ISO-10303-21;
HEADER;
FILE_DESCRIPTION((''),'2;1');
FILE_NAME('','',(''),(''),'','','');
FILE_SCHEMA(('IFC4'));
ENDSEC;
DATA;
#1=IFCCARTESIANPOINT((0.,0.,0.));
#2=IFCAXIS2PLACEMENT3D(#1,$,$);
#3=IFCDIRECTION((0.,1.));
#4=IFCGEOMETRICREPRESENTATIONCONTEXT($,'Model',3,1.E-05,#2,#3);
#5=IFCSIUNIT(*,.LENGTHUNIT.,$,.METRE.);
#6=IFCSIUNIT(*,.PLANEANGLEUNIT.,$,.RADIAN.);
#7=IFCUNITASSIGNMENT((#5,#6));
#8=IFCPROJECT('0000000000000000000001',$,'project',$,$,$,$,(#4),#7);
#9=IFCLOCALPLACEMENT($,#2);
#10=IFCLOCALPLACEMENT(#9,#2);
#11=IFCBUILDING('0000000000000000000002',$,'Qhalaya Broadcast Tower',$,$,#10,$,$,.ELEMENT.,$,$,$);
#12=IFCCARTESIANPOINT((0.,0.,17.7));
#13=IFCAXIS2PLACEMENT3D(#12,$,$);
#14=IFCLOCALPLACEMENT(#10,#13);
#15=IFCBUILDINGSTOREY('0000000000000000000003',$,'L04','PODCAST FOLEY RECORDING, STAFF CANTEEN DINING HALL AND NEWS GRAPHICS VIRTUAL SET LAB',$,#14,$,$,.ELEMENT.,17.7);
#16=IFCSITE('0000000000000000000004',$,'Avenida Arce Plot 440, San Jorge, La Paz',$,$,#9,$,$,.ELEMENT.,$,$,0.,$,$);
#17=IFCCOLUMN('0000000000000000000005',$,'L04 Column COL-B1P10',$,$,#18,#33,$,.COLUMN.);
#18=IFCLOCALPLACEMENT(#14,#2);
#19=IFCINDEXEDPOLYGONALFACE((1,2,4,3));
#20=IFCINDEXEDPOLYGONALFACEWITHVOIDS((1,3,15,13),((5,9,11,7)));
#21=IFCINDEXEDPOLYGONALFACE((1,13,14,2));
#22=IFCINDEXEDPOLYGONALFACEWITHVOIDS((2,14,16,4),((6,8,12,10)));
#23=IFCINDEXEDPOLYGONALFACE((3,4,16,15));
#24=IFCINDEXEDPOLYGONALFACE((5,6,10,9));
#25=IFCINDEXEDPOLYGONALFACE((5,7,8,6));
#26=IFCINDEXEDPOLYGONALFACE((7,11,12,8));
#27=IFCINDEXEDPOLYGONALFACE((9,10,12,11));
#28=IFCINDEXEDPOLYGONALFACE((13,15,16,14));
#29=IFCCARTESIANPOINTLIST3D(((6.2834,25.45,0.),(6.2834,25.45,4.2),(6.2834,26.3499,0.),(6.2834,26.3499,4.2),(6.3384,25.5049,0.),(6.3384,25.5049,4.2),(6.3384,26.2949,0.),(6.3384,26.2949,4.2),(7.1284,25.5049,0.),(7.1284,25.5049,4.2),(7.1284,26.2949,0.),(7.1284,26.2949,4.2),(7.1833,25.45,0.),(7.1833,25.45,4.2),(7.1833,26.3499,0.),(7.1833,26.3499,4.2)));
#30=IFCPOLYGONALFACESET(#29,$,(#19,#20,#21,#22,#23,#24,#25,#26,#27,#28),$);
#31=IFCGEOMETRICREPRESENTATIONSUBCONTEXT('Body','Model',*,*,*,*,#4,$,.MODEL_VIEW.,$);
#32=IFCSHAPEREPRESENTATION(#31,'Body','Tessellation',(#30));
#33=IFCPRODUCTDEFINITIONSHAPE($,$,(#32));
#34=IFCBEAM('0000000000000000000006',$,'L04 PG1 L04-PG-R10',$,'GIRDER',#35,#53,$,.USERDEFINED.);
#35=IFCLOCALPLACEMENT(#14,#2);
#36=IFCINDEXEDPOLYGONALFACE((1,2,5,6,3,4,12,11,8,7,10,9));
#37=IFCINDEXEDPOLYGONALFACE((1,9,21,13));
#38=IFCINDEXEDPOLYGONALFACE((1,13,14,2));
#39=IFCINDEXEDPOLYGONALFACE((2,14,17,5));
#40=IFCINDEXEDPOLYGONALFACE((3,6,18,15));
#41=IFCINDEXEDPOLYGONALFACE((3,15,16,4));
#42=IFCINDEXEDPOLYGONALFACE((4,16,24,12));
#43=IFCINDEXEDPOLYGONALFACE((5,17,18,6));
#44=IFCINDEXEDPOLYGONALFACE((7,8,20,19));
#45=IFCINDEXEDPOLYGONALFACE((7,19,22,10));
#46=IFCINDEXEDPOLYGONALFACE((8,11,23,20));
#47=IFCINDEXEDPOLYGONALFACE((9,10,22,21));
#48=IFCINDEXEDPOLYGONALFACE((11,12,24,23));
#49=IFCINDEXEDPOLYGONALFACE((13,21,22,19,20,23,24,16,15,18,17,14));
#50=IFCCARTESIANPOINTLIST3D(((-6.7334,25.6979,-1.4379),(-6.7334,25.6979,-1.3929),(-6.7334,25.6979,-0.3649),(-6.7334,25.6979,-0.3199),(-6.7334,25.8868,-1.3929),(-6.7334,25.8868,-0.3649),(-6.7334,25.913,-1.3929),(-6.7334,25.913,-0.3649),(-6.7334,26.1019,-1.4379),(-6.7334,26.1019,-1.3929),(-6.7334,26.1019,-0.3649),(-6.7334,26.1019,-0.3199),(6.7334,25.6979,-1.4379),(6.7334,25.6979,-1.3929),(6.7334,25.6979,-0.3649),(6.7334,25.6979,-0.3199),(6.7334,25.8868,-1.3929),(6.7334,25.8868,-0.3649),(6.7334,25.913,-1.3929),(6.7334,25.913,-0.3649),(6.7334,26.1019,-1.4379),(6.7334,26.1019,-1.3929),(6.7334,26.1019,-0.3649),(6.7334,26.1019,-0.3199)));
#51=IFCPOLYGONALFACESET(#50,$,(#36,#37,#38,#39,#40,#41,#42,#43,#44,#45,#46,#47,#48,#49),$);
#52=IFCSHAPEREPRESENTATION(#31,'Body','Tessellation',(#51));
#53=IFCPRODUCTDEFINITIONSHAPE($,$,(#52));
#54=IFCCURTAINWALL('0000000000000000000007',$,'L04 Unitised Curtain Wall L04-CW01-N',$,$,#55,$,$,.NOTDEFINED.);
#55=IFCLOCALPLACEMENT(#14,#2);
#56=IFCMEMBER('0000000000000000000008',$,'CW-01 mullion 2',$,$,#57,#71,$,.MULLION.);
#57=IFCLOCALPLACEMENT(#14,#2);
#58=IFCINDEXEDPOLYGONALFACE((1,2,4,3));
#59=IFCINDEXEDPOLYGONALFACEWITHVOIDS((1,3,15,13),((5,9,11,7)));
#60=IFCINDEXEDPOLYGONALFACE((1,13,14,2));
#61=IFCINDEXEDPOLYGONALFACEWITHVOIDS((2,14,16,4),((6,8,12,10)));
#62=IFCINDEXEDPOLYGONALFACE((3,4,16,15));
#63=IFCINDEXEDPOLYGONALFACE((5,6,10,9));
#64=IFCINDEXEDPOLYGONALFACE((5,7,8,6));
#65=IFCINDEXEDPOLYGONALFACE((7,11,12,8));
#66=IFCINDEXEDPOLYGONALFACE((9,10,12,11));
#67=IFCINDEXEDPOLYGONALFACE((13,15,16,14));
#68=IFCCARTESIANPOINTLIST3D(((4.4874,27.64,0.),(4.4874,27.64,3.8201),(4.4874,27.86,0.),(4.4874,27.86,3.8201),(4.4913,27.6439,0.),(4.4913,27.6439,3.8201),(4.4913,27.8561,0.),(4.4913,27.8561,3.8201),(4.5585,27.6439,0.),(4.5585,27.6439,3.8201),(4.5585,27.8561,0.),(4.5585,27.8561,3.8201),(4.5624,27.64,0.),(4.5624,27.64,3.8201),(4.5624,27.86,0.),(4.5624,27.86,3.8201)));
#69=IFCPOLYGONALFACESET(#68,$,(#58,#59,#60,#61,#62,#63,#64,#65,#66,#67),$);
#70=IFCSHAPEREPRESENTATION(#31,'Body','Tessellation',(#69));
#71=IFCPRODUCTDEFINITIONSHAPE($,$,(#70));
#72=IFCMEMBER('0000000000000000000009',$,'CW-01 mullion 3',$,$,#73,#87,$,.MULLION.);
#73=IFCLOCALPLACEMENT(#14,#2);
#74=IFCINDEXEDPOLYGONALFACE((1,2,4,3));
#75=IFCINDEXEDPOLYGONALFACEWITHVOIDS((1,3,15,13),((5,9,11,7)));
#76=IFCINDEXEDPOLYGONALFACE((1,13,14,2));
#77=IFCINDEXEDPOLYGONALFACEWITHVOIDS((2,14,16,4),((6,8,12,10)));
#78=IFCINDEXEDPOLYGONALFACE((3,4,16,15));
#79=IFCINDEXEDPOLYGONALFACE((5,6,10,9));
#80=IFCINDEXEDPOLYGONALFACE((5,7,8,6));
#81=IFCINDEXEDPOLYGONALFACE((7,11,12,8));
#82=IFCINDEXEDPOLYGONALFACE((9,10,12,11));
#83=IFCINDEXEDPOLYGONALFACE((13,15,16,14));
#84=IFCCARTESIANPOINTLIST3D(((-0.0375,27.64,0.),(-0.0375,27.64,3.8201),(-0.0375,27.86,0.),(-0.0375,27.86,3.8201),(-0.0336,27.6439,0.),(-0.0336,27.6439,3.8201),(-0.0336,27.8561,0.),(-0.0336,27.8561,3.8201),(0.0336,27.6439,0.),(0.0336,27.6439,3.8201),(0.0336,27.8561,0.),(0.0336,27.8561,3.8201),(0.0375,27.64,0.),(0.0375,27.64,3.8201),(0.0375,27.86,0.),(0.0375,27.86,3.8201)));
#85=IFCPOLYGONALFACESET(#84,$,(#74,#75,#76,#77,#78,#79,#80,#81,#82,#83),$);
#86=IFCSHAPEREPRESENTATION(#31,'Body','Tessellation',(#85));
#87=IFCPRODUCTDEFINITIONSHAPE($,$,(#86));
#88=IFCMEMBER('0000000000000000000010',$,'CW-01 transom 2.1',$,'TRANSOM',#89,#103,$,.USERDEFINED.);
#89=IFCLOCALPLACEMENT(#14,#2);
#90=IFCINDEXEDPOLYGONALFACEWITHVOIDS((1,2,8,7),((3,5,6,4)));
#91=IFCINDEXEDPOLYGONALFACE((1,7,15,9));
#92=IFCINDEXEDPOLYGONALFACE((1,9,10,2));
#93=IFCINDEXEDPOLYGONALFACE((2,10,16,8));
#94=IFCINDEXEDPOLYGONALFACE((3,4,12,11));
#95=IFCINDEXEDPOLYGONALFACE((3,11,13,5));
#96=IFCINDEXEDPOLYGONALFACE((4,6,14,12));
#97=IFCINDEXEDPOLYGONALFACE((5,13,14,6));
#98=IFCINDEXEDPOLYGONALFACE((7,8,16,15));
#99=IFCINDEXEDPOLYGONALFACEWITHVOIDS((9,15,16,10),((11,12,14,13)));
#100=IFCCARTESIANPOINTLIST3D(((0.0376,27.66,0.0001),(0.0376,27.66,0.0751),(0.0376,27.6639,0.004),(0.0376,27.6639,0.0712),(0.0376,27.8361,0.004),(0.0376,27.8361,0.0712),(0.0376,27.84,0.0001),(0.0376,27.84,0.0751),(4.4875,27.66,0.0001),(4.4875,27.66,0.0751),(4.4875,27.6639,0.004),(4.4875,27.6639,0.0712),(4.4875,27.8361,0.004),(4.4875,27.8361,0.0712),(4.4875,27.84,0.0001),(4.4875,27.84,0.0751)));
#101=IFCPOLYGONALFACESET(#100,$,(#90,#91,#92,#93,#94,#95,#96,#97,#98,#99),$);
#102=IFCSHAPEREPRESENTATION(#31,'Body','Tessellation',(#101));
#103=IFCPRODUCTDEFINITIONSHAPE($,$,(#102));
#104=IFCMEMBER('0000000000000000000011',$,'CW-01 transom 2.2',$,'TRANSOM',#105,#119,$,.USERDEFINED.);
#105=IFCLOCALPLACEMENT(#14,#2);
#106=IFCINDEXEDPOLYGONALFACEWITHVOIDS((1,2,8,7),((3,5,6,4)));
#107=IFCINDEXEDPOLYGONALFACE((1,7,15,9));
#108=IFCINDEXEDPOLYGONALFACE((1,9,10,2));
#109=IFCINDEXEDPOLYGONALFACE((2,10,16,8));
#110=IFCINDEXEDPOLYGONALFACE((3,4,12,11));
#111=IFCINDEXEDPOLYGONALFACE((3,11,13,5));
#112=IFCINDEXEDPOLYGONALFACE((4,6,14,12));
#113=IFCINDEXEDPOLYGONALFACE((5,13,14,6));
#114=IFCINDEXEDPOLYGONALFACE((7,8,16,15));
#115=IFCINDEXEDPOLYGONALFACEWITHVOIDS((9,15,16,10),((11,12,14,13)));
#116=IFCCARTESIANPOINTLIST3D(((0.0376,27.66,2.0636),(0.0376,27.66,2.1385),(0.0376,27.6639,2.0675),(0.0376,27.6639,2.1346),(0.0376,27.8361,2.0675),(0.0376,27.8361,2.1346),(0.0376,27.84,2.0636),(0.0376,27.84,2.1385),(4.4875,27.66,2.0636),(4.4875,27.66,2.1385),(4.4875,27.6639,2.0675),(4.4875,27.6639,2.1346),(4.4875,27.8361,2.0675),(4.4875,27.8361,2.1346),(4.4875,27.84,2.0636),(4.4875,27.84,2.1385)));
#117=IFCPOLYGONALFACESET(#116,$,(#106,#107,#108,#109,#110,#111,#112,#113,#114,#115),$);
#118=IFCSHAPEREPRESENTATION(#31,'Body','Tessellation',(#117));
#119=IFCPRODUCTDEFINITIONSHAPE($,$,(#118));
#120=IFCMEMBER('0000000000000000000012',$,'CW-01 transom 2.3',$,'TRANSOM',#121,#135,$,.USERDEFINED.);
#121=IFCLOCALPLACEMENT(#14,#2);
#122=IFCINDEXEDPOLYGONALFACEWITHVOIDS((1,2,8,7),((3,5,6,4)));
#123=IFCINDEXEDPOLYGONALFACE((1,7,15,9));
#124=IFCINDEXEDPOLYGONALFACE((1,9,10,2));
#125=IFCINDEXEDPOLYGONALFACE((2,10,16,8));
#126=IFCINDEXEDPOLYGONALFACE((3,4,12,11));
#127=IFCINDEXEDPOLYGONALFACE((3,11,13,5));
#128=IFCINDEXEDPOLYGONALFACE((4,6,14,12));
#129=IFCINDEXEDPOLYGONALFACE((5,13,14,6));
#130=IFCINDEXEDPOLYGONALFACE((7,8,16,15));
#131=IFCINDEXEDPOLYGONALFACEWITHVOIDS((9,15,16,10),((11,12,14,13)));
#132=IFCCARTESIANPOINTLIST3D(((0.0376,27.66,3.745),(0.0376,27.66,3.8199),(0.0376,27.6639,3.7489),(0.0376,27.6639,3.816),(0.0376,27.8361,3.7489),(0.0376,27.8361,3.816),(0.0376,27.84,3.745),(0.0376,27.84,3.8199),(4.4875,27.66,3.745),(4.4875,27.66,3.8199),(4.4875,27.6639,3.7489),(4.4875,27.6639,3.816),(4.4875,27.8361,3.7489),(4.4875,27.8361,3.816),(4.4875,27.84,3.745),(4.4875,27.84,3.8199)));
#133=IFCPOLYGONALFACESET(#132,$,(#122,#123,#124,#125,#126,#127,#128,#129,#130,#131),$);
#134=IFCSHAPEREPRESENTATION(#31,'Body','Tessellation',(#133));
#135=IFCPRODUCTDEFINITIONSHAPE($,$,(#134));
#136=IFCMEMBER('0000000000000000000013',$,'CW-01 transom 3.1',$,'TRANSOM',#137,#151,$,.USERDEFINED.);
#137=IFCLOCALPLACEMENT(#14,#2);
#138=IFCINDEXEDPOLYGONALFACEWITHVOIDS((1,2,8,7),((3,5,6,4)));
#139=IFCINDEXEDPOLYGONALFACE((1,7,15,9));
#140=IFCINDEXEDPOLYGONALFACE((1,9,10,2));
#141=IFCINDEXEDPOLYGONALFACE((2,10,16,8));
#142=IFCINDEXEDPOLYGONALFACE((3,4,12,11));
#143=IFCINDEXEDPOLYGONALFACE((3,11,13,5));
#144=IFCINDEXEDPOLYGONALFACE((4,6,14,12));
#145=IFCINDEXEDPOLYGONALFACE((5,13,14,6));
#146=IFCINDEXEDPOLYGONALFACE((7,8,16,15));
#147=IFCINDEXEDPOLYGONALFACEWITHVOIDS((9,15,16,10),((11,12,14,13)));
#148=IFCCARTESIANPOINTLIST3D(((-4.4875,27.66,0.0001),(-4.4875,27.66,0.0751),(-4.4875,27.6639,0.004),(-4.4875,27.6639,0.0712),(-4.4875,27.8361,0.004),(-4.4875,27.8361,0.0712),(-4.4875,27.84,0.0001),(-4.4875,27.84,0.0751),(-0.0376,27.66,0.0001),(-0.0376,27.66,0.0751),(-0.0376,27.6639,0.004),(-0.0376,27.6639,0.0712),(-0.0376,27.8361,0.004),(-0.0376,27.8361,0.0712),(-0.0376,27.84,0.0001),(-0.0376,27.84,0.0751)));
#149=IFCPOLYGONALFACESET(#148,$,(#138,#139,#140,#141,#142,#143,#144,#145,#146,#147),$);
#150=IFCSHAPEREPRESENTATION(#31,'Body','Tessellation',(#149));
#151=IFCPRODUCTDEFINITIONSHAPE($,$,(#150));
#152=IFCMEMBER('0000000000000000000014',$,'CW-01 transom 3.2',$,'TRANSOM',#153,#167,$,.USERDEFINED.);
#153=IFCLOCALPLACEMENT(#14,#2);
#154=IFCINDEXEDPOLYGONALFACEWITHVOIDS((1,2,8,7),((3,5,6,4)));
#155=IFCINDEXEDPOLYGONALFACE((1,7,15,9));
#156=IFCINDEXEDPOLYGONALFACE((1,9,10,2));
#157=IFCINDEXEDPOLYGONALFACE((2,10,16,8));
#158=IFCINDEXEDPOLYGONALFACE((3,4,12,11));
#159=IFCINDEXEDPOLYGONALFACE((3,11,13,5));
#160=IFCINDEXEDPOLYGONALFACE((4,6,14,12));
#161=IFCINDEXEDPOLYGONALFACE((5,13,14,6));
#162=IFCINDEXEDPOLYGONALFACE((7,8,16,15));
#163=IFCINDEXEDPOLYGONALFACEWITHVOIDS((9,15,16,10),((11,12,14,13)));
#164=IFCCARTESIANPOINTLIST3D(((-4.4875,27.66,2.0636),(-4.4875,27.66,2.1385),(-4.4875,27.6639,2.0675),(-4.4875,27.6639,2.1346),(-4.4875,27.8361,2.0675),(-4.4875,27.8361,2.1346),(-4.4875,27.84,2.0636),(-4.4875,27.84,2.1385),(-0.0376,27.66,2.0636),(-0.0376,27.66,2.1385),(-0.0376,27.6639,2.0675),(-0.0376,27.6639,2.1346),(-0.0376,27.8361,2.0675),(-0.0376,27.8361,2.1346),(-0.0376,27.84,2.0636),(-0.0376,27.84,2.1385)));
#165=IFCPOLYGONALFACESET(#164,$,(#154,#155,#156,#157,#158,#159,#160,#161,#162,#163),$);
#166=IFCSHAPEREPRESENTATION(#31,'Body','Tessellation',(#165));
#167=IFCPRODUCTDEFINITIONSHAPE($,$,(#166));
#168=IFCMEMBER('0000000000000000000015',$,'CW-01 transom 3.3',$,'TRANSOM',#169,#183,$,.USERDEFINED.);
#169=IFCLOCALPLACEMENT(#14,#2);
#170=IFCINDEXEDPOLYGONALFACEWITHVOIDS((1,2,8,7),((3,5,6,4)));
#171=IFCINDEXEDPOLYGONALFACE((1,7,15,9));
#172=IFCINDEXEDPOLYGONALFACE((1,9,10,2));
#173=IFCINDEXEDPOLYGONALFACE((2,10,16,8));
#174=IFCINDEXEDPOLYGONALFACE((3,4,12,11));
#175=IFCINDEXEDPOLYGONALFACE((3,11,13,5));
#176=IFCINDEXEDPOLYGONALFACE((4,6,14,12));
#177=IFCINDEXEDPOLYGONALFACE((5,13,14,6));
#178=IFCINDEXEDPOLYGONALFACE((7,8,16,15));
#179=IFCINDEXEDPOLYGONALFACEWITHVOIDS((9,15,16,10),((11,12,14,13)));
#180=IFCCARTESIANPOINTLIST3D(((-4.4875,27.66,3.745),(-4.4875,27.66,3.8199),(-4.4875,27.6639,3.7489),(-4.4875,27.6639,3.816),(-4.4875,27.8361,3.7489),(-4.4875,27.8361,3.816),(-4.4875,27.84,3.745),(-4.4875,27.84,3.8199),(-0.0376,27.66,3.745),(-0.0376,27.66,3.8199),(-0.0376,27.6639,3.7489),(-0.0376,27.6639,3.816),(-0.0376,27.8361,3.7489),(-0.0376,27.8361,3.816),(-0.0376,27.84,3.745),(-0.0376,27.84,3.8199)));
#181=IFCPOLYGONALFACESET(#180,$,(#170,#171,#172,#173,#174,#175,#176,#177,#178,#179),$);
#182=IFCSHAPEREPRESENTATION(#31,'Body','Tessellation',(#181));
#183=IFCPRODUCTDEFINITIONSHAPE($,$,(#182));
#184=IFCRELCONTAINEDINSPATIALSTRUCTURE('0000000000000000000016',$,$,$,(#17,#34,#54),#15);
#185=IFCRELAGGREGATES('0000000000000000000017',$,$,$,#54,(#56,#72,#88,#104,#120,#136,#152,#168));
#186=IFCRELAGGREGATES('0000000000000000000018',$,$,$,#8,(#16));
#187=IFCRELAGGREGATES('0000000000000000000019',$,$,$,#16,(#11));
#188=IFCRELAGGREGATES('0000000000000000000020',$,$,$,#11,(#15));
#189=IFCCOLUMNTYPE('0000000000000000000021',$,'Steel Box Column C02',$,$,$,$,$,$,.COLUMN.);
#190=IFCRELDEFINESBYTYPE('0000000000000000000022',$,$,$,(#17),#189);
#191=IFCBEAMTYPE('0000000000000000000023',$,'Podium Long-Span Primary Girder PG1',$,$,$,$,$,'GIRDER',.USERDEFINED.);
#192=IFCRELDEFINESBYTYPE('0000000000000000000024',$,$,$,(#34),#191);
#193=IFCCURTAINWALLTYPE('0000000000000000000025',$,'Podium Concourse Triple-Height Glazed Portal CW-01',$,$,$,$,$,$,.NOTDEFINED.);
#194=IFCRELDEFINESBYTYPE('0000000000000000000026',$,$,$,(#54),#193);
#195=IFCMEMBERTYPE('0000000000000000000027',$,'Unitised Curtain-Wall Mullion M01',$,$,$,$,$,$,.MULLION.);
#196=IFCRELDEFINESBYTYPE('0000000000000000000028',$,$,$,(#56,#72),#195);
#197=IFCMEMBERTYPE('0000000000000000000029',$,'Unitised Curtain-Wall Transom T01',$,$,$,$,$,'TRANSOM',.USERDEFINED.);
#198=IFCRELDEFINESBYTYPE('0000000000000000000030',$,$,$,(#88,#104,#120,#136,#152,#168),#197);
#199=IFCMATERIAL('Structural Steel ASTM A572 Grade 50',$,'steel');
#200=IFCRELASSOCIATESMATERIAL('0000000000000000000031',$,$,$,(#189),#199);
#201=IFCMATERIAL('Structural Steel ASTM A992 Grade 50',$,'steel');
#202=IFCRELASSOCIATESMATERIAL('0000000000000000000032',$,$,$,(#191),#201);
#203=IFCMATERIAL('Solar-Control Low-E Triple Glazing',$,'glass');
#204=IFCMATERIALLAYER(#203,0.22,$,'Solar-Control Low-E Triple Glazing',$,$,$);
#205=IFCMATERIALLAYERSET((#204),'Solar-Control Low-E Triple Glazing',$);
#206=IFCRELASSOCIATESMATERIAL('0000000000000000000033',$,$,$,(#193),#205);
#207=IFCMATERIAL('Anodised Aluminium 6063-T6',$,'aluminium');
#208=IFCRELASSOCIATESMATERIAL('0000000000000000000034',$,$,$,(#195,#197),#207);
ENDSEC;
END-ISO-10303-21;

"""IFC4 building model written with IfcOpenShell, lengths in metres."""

from ifc_helpers import new_model, si_unit, direction, frame, origin, origin_2d, place, context, subcontext, project, spatial, hollow_rectangle, i_section, extrude, material, layer, layer_set, material_profile, profile_set, type_object, element, aggregate, save


model = new_model("IFC4")

# Units and contexts
model_context = context("Model", 3, precision=1e-05, world=origin(), true_north=direction((0.0, 1.0)))
body_context = subcontext(model_context, "Body", "Model", "MODEL_VIEW")
ifc_project = project(units=[si_unit("LENGTHUNIT", "METRE"), si_unit("PLANEANGLEUNIT", "RADIAN")], contexts=[model_context])

# Site, building, storey
site_placement = place(None, origin())
site = spatial("IfcSite", under=ifc_project, at=site_placement, Name="Avenida Arce Plot 440, San Jorge, La Paz", CompositionType="ELEMENT", RefElevation=0.0)
building_placement = place(site_placement, origin())
building = spatial("IfcBuilding", under=site, at=building_placement, Name="Qhalaya Broadcast Tower", CompositionType="ELEMENT")
storey_placement = place(building_placement, frame((0.0, 0.0, 17.7)))
storey = spatial("IfcBuildingStorey", under=building, at=storey_placement, Name="L04", Description="PODCAST FOLEY RECORDING, STAFF CANTEEN DINING HALL AND NEWS GRAPHICS VIRTUAL SET LAB", CompositionType="ELEMENT", Elevation=17.7)

# Column
ifc_material_1 = material(Name="Structural Steel ASTM A572 Grade 50", Category="steel")
ifc_material_profile_1 = material_profile(ifc_material_1, hollow_rectangle(XDim=0.8999, YDim=0.8999, WallThickness=0.0549, at=origin_2d()), Name="BOX 900x900x55")
ifc_profile_set_1 = profile_set([ifc_material_profile_1], Name="Structural Steel ASTM A572 Grade 50")
column_type = type_object("IfcColumnType", Name="Steel Box Column C02", PredefinedType="COLUMN", material=ifc_profile_set_1)
column_placement = place(storey_placement, frame((6.7334, 25.8999, 0.0), z_axis=(0.0, 0.0, 1.0), x_axis=(1.0, 0.0, 0.0)))
element("IfcColumn", 1, at=column_placement, inside=storey, type_object=column_type, Name="L04 Column COL-B1P10", PredefinedType="COLUMN", context=body_context, shape_type="SweptSolid", body=[
    extrude(hollow_rectangle(XDim=0.8999, YDim=0.8999, WallThickness=0.0549, at=origin_2d()), origin(), (0.0, 0.0, 1.0), 4.2),
])

# Beam
ifc_material_2 = material(Name="Structural Steel ASTM A992 Grade 50", Category="steel")
ifc_material_profile_2 = material_profile(ifc_material_2, i_section(OverallWidth=0.4041, OverallDepth=1.1179, WebThickness=0.0261, FlangeThickness=0.0449, at=origin_2d()), Name="W44X335")
ifc_profile_set_2 = profile_set([ifc_material_profile_2], Name="Structural Steel ASTM A992 Grade 50")
beam_type = type_object("IfcBeamType", Name="Podium Long-Span Primary Girder PG1", ElementType="GIRDER", PredefinedType="USERDEFINED", material=ifc_profile_set_2)
beam_placement = place(storey_placement, frame((6.7334, 25.8999, -0.8789), z_axis=(-1.0, 0.0, 0.0), x_axis=(0.0, -1.0, 0.0)))
element("IfcBeam", 2, at=beam_placement, inside=storey, type_object=beam_type, Name="L04 PG1 L04-PG-R10", ObjectType="GIRDER", PredefinedType="USERDEFINED", context=body_context, shape_type="SweptSolid", body=[
    extrude(i_section(OverallWidth=0.4041, OverallDepth=1.1179, WebThickness=0.0261, FlangeThickness=0.0449, at=origin_2d()), origin(), (0.0, 0.0, 1.0), 13.4668),
])

# Curtain wall, members
ifc_material_3 = material(Name="Solar-Control Low-E Triple Glazing", Category="glass")
ifc_layer_1 = layer(ifc_material_3, 0.22, Name="Solar-Control Low-E Triple Glazing")
ifc_layer_set_1 = layer_set([ifc_layer_1], Name="Solar-Control Low-E Triple Glazing")
curtain_wall_type = type_object("IfcCurtainWallType", Name="Podium Concourse Triple-Height Glazed Portal CW-01", PredefinedType="NOTDEFINED", material=ifc_layer_set_1)
curtain_wall_placement = place(storey_placement, origin())
curtain_wall = element("IfcCurtainWall", 3, at=curtain_wall_placement, inside=storey, type_object=curtain_wall_type, Name="L04 Unitised Curtain Wall L04-CW01-N", PredefinedType="NOTDEFINED")
ifc_material_4 = material(Name="Anodised Aluminium 6063-T6", Category="aluminium")
ifc_material_profile_3 = material_profile(ifc_material_4, hollow_rectangle(XDim=0.075, YDim=0.22, WallThickness=0.0039, at=origin_2d()), Name="ALU-MUL 75x220x4")
ifc_profile_set_3 = profile_set([ifc_material_profile_3], Name="Anodised Aluminium 6063-T6")
member_type_1 = type_object("IfcMemberType", Name="Unitised Curtain-Wall Mullion M01", PredefinedType="MULLION", material=ifc_profile_set_3)
member_1_placement = place(storey_placement, frame((4.5249, 27.75, 0.0), z_axis=(0.0, 0.0, 1.0), x_axis=(-1.0, 0.0, 0.0)))
member_1 = element("IfcMember", 4, at=member_1_placement, type_object=member_type_1, Name="CW-01 mullion 2", PredefinedType="MULLION", context=body_context, shape_type="SweptSolid", body=[
    extrude(hollow_rectangle(XDim=0.075, YDim=0.22, WallThickness=0.0039, at=origin_2d()), origin(), (0.0, 0.0, 1.0), 3.8201),
])
member_2_placement = place(storey_placement, frame((0.0, 27.75, 0.0), z_axis=(0.0, 0.0, 1.0), x_axis=(-1.0, 0.0, 0.0)))
member_2 = element("IfcMember", 5, at=member_2_placement, type_object=member_type_1, Name="CW-01 mullion 3", PredefinedType="MULLION", context=body_context, shape_type="SweptSolid", body=[
    extrude(hollow_rectangle(XDim=0.075, YDim=0.22, WallThickness=0.0039, at=origin_2d()), origin(), (0.0, 0.0, 1.0), 3.8201),
])
ifc_material_profile_4 = material_profile(ifc_material_4, hollow_rectangle(XDim=0.075, YDim=0.1799, WallThickness=0.0039, at=origin_2d()), Name="ALU-TRN 75x180x4")
ifc_profile_set_4 = profile_set([ifc_material_profile_4], Name="Anodised Aluminium 6063-T6")
member_type_2 = type_object("IfcMemberType", Name="Unitised Curtain-Wall Transom T01", ElementType="TRANSOM", PredefinedType="USERDEFINED", material=ifc_profile_set_4)
member_3_placement = place(storey_placement, frame((4.4875, 27.75, 0.0376), z_axis=(-1.0, 0.0, 0.0), x_axis=(0.0, 0.0, 1.0)))
member_3 = element("IfcMember", 6, at=member_3_placement, type_object=member_type_2, Name="CW-01 transom 2.1", ObjectType="TRANSOM", PredefinedType="USERDEFINED", context=body_context, shape_type="SweptSolid", body=[
    extrude(hollow_rectangle(XDim=0.075, YDim=0.1799, WallThickness=0.0039, at=origin_2d()), origin(), (0.0, 0.0, 1.0), 4.45),
])
member_4_placement = place(storey_placement, frame((4.4875, 27.75, 2.1011), z_axis=(-1.0, 0.0, 0.0), x_axis=(0.0, 0.0, 1.0)))
member_4 = element("IfcMember", 7, at=member_4_placement, type_object=member_type_2, Name="CW-01 transom 2.2", ObjectType="TRANSOM", PredefinedType="USERDEFINED", context=body_context, shape_type="SweptSolid", body=[
    extrude(hollow_rectangle(XDim=0.075, YDim=0.1799, WallThickness=0.0039, at=origin_2d()), origin(), (0.0, 0.0, 1.0), 4.45),
])
member_5_placement = place(storey_placement, frame((4.4875, 27.75, 3.7825), z_axis=(-1.0, 0.0, 0.0), x_axis=(0.0, 0.0, 1.0)))
member_5 = element("IfcMember", 8, at=member_5_placement, type_object=member_type_2, Name="CW-01 transom 2.3", ObjectType="TRANSOM", PredefinedType="USERDEFINED", context=body_context, shape_type="SweptSolid", body=[
    extrude(hollow_rectangle(XDim=0.075, YDim=0.1799, WallThickness=0.0039, at=origin_2d()), origin(), (0.0, 0.0, 1.0), 4.45),
])
member_6_placement = place(storey_placement, frame((-0.0376, 27.75, 0.0376), z_axis=(-1.0, 0.0, 0.0), x_axis=(0.0, 0.0, 1.0)))
member_6 = element("IfcMember", 9, at=member_6_placement, type_object=member_type_2, Name="CW-01 transom 3.1", ObjectType="TRANSOM", PredefinedType="USERDEFINED", context=body_context, shape_type="SweptSolid", body=[
    extrude(hollow_rectangle(XDim=0.075, YDim=0.1799, WallThickness=0.0039, at=origin_2d()), origin(), (0.0, 0.0, 1.0), 4.45),
])
member_7_placement = place(storey_placement, frame((-0.0376, 27.75, 2.1011), z_axis=(-1.0, 0.0, 0.0), x_axis=(0.0, 0.0, 1.0)))
member_7 = element("IfcMember", 10, at=member_7_placement, type_object=member_type_2, Name="CW-01 transom 3.2", ObjectType="TRANSOM", PredefinedType="USERDEFINED", context=body_context, shape_type="SweptSolid", body=[
    extrude(hollow_rectangle(XDim=0.075, YDim=0.1799, WallThickness=0.0039, at=origin_2d()), origin(), (0.0, 0.0, 1.0), 4.45),
])
member_8_placement = place(storey_placement, frame((-0.0376, 27.75, 3.7825), z_axis=(-1.0, 0.0, 0.0), x_axis=(0.0, 0.0, 1.0)))
member_8 = element("IfcMember", 11, at=member_8_placement, type_object=member_type_2, Name="CW-01 transom 3.3", ObjectType="TRANSOM", PredefinedType="USERDEFINED", context=body_context, shape_type="SweptSolid", body=[
    extrude(hollow_rectangle(XDim=0.075, YDim=0.1799, WallThickness=0.0039, at=origin_2d()), origin(), (0.0, 0.0, 1.0), 4.45),
])
aggregate(curtain_wall, [member_1, member_2, member_3, member_4, member_5, member_6, member_7, member_8])

save(model, "model.ifc")
